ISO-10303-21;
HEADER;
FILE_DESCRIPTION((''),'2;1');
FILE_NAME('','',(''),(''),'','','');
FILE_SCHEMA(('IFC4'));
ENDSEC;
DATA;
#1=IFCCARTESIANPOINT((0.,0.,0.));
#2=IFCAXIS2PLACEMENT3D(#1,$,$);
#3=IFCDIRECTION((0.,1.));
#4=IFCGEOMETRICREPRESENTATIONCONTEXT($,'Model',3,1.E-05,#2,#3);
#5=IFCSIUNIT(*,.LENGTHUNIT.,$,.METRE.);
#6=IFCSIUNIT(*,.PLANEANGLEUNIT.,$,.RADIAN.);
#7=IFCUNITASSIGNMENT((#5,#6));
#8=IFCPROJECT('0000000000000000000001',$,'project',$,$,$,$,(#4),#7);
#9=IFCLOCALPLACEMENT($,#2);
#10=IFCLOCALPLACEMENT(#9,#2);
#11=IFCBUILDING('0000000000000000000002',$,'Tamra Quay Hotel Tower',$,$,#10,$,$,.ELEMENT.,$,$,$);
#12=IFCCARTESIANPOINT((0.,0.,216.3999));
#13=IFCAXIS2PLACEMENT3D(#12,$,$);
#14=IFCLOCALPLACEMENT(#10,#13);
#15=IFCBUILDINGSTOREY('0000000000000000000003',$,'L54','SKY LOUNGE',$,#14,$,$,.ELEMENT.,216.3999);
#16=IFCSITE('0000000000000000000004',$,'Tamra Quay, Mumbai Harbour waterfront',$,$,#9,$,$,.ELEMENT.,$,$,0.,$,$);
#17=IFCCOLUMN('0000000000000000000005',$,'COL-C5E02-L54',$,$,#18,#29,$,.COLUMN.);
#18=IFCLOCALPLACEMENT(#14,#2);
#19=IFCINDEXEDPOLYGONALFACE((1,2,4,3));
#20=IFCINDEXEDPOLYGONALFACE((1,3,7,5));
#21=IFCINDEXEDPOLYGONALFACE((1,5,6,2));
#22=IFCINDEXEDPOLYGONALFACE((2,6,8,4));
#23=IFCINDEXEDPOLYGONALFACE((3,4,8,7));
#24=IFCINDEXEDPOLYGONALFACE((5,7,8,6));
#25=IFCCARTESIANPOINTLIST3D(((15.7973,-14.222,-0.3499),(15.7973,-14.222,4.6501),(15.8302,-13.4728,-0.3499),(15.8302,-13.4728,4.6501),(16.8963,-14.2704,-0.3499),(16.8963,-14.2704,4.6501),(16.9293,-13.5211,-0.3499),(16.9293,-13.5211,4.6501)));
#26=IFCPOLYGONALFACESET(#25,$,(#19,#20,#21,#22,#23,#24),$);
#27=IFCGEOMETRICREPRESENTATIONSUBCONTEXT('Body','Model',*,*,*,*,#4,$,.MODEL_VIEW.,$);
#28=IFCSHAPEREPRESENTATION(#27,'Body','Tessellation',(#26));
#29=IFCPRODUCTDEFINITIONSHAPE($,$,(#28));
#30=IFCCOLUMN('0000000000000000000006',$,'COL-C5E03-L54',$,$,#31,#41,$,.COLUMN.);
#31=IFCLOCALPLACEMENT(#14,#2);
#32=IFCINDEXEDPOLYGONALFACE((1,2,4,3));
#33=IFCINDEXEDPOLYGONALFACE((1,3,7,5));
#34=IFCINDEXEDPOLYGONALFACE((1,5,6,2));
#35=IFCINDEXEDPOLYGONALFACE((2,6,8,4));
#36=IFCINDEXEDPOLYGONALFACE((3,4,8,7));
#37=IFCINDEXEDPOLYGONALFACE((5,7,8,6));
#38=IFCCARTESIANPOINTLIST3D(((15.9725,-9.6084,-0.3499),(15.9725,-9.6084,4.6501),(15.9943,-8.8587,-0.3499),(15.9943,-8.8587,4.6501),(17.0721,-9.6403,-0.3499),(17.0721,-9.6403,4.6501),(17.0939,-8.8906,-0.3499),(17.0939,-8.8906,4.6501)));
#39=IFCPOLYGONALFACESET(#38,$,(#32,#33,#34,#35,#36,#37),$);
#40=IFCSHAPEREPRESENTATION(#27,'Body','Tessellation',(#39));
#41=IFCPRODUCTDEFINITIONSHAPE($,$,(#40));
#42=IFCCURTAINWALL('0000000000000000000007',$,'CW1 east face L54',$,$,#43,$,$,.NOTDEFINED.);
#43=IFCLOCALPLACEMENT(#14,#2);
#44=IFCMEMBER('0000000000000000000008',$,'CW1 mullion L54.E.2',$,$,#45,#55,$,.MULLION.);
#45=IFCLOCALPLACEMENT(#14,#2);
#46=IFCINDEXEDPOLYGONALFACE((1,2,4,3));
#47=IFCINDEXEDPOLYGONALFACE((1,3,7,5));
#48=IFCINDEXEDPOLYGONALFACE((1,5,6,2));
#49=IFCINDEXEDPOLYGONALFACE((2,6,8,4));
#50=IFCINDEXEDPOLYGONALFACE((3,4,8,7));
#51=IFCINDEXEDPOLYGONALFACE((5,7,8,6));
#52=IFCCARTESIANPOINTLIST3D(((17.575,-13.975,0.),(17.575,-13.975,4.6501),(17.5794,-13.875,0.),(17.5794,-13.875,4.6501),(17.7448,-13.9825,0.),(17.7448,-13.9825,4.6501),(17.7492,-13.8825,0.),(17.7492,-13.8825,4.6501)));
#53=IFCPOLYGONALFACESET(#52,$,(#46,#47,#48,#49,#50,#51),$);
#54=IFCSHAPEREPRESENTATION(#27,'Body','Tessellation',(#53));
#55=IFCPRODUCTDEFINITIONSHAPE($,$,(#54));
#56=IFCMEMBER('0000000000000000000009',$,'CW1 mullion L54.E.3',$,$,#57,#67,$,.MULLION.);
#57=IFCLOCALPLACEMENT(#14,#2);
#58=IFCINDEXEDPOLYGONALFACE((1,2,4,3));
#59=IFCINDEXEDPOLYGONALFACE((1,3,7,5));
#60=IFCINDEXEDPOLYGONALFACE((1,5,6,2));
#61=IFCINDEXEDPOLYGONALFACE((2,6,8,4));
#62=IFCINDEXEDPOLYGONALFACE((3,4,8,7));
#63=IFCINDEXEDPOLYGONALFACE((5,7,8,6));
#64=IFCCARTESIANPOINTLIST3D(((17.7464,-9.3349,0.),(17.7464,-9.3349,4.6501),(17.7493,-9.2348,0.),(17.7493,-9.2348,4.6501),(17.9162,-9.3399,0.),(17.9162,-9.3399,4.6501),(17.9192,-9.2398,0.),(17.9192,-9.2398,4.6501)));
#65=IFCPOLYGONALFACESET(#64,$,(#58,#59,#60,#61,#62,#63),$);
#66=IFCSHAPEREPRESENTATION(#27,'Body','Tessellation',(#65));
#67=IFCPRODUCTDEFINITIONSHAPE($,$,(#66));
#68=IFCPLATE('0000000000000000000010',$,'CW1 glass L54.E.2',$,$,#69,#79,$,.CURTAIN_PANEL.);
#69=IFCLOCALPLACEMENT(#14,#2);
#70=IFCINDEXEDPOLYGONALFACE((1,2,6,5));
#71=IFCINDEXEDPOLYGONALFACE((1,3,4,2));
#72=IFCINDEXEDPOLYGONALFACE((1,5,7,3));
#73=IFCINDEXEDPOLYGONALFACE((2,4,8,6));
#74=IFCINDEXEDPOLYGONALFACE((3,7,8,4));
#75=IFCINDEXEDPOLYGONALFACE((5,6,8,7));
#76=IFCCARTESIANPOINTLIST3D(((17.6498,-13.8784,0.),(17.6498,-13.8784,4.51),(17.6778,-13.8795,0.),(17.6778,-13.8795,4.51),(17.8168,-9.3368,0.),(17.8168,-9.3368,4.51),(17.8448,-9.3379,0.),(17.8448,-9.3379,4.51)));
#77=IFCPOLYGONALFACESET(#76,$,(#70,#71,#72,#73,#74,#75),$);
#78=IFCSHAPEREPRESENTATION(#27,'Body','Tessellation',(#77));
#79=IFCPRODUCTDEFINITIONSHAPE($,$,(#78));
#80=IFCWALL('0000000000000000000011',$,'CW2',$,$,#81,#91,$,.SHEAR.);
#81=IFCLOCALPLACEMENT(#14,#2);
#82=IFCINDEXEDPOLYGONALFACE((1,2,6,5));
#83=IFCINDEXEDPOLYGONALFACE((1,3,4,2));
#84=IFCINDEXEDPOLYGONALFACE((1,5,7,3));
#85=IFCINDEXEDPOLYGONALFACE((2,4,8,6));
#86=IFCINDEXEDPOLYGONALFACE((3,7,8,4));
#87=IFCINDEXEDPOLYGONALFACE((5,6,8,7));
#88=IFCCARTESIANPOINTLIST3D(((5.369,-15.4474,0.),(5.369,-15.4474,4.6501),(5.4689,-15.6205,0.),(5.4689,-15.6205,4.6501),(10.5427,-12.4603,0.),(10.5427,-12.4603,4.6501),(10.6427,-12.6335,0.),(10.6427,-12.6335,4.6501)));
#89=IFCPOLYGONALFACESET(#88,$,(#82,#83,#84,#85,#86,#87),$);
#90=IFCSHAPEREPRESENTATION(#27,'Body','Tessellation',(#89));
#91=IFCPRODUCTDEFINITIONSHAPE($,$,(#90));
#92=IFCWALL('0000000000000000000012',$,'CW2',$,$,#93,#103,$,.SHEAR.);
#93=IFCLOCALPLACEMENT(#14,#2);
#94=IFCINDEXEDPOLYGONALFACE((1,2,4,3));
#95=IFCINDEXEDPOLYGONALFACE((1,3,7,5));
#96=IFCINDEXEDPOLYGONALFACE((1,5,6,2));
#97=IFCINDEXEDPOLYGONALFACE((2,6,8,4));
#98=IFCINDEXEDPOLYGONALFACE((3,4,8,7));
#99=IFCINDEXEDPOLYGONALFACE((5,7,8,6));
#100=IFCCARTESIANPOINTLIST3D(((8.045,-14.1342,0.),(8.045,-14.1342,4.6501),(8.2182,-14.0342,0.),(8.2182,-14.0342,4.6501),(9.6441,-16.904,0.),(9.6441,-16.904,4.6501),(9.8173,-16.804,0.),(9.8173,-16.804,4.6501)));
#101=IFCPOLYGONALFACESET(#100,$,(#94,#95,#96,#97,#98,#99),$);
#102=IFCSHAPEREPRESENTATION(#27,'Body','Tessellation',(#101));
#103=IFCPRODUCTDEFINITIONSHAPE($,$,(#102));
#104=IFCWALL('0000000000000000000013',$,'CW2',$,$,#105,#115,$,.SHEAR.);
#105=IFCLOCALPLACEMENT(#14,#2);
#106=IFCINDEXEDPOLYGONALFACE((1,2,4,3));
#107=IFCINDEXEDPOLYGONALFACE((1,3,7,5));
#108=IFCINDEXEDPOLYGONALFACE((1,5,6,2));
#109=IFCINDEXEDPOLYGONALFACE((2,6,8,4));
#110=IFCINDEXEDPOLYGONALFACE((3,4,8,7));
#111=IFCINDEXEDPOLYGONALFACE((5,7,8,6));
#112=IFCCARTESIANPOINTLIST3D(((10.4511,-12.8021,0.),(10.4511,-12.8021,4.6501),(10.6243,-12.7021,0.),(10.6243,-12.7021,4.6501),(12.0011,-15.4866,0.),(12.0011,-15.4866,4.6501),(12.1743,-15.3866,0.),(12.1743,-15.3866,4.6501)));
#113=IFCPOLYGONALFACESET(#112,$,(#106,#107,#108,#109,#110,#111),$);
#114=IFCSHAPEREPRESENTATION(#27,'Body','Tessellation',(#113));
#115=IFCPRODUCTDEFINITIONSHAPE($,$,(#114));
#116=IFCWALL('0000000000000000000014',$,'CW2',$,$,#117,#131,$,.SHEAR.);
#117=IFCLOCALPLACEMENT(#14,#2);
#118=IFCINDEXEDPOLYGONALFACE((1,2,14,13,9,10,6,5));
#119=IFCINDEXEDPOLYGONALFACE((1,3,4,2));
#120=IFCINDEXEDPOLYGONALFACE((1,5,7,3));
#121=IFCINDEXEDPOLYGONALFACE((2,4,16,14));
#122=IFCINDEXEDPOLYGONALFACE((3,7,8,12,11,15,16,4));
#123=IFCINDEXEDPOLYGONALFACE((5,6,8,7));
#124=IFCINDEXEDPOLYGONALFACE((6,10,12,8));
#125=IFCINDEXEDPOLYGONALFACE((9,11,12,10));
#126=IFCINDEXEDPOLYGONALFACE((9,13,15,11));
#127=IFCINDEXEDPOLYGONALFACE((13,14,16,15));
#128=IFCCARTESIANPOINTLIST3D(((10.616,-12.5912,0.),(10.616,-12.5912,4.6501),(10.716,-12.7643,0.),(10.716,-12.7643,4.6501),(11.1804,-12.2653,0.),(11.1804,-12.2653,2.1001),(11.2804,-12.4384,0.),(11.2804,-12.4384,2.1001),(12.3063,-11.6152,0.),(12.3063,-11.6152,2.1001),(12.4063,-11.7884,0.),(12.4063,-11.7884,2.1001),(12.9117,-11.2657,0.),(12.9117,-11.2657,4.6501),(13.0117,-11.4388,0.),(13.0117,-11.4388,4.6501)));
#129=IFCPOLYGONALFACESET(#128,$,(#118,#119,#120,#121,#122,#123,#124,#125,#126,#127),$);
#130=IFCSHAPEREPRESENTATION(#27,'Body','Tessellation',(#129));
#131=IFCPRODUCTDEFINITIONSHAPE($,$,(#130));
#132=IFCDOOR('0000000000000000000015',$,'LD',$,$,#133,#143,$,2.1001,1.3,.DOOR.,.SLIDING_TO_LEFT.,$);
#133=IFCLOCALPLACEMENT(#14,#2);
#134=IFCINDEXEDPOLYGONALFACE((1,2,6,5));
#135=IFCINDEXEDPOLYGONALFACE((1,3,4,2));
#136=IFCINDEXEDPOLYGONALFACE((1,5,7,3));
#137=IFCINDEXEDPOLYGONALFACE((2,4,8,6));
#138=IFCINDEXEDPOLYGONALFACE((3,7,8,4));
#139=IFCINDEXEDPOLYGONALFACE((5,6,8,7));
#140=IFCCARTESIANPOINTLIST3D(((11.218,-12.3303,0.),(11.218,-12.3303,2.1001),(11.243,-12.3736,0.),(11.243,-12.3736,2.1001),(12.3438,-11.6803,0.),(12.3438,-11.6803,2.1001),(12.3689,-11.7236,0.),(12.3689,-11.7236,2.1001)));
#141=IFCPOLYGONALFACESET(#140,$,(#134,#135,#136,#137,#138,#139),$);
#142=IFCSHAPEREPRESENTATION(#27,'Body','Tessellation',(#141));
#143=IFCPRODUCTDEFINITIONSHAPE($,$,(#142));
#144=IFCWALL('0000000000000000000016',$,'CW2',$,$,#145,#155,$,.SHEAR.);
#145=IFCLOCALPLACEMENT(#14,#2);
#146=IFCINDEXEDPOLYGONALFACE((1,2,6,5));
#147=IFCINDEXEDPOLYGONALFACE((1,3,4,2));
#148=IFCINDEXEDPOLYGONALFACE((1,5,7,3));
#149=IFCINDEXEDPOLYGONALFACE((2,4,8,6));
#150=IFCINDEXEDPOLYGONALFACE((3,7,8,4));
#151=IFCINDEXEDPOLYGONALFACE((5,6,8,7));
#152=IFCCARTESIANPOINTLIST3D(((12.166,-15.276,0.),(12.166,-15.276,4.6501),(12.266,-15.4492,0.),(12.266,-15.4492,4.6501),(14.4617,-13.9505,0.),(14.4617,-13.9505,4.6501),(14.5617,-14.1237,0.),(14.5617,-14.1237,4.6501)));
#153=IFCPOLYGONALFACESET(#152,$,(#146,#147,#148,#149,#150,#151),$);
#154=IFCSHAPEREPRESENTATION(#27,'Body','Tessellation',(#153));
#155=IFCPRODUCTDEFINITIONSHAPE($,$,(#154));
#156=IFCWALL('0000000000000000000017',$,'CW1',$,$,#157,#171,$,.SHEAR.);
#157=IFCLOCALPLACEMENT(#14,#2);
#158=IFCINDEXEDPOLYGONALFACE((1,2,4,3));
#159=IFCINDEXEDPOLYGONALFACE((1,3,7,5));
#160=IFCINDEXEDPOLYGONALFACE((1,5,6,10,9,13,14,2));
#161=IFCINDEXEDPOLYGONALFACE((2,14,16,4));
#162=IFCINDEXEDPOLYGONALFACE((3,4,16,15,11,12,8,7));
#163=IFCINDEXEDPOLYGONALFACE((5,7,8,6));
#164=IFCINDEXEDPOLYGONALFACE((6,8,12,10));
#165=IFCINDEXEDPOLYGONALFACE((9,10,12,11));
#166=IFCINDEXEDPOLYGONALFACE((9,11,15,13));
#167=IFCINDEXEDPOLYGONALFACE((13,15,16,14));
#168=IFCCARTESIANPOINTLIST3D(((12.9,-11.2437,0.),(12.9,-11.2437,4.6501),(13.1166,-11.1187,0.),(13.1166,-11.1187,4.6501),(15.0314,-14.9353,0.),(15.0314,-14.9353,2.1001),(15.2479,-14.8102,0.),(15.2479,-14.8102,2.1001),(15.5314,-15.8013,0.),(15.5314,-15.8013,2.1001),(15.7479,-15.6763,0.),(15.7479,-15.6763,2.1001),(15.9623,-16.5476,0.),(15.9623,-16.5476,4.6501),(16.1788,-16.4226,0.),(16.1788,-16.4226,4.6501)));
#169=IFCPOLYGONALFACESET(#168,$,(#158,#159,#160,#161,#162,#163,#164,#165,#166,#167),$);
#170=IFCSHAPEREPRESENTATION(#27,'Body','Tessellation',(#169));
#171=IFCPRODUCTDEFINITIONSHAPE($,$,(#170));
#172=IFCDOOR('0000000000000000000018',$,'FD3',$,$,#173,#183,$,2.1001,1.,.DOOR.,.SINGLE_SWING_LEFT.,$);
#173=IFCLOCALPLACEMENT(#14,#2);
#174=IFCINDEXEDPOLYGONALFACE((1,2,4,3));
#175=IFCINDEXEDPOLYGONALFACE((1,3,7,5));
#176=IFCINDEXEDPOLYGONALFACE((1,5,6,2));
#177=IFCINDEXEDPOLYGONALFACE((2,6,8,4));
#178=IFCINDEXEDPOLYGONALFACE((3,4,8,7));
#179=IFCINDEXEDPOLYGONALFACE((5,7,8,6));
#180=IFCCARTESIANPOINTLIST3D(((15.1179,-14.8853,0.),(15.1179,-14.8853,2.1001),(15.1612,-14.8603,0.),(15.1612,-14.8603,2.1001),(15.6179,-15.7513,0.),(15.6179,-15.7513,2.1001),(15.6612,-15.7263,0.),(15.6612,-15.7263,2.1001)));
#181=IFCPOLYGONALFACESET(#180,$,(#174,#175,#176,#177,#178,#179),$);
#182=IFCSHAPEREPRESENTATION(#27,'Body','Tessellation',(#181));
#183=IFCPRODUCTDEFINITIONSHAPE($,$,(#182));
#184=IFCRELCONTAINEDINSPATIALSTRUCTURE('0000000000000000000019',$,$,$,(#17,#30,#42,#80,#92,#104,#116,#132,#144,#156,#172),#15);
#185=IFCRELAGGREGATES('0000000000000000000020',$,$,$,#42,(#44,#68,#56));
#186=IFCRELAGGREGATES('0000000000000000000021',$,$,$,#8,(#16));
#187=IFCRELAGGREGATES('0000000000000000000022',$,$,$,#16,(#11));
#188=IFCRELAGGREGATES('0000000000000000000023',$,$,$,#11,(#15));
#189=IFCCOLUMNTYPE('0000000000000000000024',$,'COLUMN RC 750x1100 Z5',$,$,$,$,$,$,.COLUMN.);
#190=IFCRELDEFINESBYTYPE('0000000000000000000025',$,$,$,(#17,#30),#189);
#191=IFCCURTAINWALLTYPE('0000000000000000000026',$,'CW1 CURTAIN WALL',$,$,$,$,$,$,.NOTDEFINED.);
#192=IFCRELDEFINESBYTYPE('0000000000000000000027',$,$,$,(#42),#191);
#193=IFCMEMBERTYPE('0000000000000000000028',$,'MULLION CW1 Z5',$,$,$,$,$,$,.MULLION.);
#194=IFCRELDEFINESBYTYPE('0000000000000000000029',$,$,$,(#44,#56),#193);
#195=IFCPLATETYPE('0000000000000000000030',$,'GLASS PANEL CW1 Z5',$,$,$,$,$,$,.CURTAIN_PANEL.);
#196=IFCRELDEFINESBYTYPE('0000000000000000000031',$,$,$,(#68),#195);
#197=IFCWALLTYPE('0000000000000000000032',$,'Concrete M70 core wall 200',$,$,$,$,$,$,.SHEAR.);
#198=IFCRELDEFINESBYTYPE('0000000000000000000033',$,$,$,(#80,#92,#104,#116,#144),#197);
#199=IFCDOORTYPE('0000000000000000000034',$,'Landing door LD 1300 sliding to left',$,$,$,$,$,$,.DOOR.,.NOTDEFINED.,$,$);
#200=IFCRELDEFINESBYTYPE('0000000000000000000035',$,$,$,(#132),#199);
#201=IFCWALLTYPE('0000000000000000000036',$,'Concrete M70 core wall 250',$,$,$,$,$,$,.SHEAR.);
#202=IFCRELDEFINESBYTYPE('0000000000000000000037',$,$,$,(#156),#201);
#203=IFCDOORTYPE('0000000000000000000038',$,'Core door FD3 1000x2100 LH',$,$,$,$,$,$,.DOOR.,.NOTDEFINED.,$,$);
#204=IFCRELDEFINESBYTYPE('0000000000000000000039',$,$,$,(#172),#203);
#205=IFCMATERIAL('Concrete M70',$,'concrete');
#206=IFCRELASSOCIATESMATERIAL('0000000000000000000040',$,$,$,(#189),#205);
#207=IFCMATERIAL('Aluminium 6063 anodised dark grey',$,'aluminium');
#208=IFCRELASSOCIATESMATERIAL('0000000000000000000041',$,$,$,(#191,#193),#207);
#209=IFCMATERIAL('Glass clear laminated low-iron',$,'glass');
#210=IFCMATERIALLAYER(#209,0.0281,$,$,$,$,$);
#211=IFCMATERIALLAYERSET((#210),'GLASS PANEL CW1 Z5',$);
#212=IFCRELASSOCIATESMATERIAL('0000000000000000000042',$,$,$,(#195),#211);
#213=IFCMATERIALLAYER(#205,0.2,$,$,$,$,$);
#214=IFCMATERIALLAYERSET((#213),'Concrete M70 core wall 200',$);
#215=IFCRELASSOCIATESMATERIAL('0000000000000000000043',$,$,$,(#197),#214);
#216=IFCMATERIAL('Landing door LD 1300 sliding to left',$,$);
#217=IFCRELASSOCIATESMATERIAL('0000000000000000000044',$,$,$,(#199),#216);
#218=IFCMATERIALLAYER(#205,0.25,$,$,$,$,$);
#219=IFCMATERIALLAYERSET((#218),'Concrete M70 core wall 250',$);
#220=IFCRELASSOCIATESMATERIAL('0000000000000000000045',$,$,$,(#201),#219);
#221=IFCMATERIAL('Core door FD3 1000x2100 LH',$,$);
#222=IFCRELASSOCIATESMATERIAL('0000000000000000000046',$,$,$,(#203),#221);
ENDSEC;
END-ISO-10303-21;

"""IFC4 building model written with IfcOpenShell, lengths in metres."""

from ifc_helpers import new_model, si_unit, direction, frame, frame_2d, origin, origin_2d, place, context, subcontext, project, spatial, rectangle, extrude, material, layer, layer_set, material_profile, profile_set, type_object, element, fill, aggregate, save


model = new_model("IFC4")

# Units and contexts
model_context = context("Model", 3, precision=1e-05, world=origin(), true_north=direction((0.0, 1.0)))
body_context = subcontext(model_context, "Body", "Model", "MODEL_VIEW")
ifc_project = project(units=[si_unit("LENGTHUNIT", "METRE"), si_unit("PLANEANGLEUNIT", "RADIAN")], contexts=[model_context])

# Site, building, storey
site_placement = place(None, origin())
site = spatial("IfcSite", under=ifc_project, at=site_placement, Name="Tamra Quay, Mumbai Harbour waterfront", CompositionType="ELEMENT", RefElevation=0.0)
building_placement = place(site_placement, origin())
building = spatial("IfcBuilding", under=site, at=building_placement, Name="Tamra Quay Hotel Tower", CompositionType="ELEMENT")
storey_placement = place(building_placement, frame((0.0, 0.0, 216.3999)))
storey = spatial("IfcBuildingStorey", under=building, at=storey_placement, Name="L54", Description="SKY LOUNGE", CompositionType="ELEMENT", Elevation=216.3999)

# Columns
ifc_material_1 = material(Name="Concrete M70", Category="concrete")
ifc_material_profile_1 = material_profile(ifc_material_1, rectangle(XDim=1.1001, YDim=0.75, at=origin_2d()), Name="COLUMN RC 750x1100 Z5")
ifc_profile_set_1 = profile_set([ifc_material_profile_1], Name="Concrete M70")
column_type = type_object("IfcColumnType", Name="COLUMN RC 750x1100 Z5", PredefinedType="COLUMN", material=ifc_profile_set_1)
for number, where, z_axis, x_axis, name in (
    (1, (16.3633, -13.8716, -0.3499), (0.0, 0.0, 1.0), (-0.999033, 0.043958, 0.0), "COL-C5E02-L54"),
    (2, (16.5332, -9.2495, -0.3499), (0.0, 0.0, 1.0), (-0.999579, 0.029028, 0.0), "COL-C5E03-L54"),
):
    element("IfcColumn", number, at=place(storey_placement, frame(where, z_axis=z_axis, x_axis=x_axis)), inside=storey, type_object=column_type, Name=name, PredefinedType="COLUMN", context=body_context, shape_type="SweptSolid", body=[
        extrude(rectangle(XDim=1.1001, YDim=0.75, at=origin_2d()), origin(), (0.0, 0.0, 1.0), 5.0),
    ])

# Curtain wall, members, plate
ifc_material_2 = material(Name="Aluminium 6063 anodised dark grey", Category="aluminium")
curtain_wall_type = type_object("IfcCurtainWallType", Name="CW1 CURTAIN WALL", PredefinedType="NOTDEFINED", material=ifc_material_2)
curtain_wall_placement = place(storey_placement, origin())
curtain_wall = element("IfcCurtainWall", 3, at=curtain_wall_placement, inside=storey, type_object=curtain_wall_type, Name="CW1 east face L54", PredefinedType="NOTDEFINED")
ifc_material_profile_2 = material_profile(ifc_material_2, rectangle(XDim=0.1699, YDim=0.1001, at=origin_2d()), Name="MULLION 100X170")
ifc_profile_set_2 = profile_set([ifc_material_profile_2], Name="Aluminium 6063 anodised dark grey")
member_type = type_object("IfcMemberType", Name="MULLION CW1 Z5", PredefinedType="MULLION", material=ifc_profile_set_2)
member_1_placement = place(storey_placement, frame((17.6621, -13.9287, 0.0), z_axis=(0.0, 0.0, 1.0), x_axis=(0.999028, -0.044075, 0.0)))
member_1 = element("IfcMember", 4, at=member_1_placement, type_object=member_type, Name="CW1 mullion L54.E.2", PredefinedType="MULLION", context=body_context, shape_type="SweptSolid", body=[
    extrude(rectangle(XDim=0.1699, YDim=0.1001, at=origin_2d()), origin(), (0.0, 0.0, 1.0), 4.6501),
])
member_2_placement = place(storey_placement, frame((17.8328, -9.2874, 0.0), z_axis=(0.0, 0.0, 1.0), x_axis=(0.999568, -0.029405, 0.0)))
member_2 = element("IfcMember", 5, at=member_2_placement, type_object=member_type, Name="CW1 mullion L54.E.3", PredefinedType="MULLION", context=body_context, shape_type="SweptSolid", body=[
    extrude(rectangle(XDim=0.1699, YDim=0.1001, at=origin_2d()), origin(), (0.0, 0.0, 1.0), 4.6501),
])
ifc_material_3 = material(Name="Glass clear laminated low-iron", Category="glass")
ifc_layer_1 = layer(ifc_material_3, 0.0281)
ifc_layer_set_1 = layer_set([ifc_layer_1], Name="GLASS PANEL CW1 Z5")
plate_type = type_object("IfcPlateType", Name="GLASS PANEL CW1 Z5", PredefinedType="CURTAIN_PANEL", material=ifc_layer_set_1)
plate_placement = place(storey_placement, frame((17.7473, -11.6082, 0.0), z_axis=(0.0, 0.0, 1.0), x_axis=(0.036745, 0.999325, 0.0)))
plate = element("IfcPlate", 6, at=plate_placement, type_object=plate_type, Name="CW1 glass L54.E.2", PredefinedType="CURTAIN_PANEL", context=body_context, shape_type="SweptSolid", body=[
    extrude(rectangle(XDim=4.5447, YDim=0.0281, at=origin_2d()), origin(), (0.0, 0.0, 1.0), 4.51),
])
aggregate(curtain_wall, [member_1, plate, member_2])

# Walls
ifc_layer_2 = layer(ifc_material_1, 0.2)
ifc_layer_set_2 = layer_set([ifc_layer_2], Name="Concrete M70 core wall 200")
wall_type_1 = type_object("IfcWallType", Name="Concrete M70 core wall 200", PredefinedType="SHEAR", material=ifc_layer_set_2)
wall_1_placement = place(storey_placement, frame((5.4189, -15.5339, 0.0), z_axis=(0.0, 0.0, 1.0), x_axis=(0.866029, 0.499994, 0.0)))
element("IfcWall", 7, at=wall_1_placement, inside=storey, type_object=wall_type_1, Name="CW2", PredefinedType="SHEAR", context=body_context, shape_type="SweptSolid", body=[
    extrude(rectangle(XDim=5.9741, YDim=0.2, at=frame_2d((2.9871, 0.0))), origin(), (0.0, 0.0, 1.0), 4.6501),
])
wall_2_placement = place(storey_placement, frame((8.1316, -14.0842, 0.0), z_axis=(0.0, 0.0, 1.0), x_axis=(0.499998, -0.866027, 0.0)))
element("IfcWall", 8, at=wall_2_placement, inside=storey, type_object=wall_type_1, Name="CW2", PredefinedType="SHEAR", context=body_context, shape_type="SweptSolid", body=[
    extrude(rectangle(XDim=3.1982, YDim=0.2, at=frame_2d((1.5991, 0.0))), origin(), (0.0, 0.0, 1.0), 4.6501),
])
wall_3_placement = place(storey_placement, frame((12.0876, -15.4365, 0.0), z_axis=(0.0, 0.0, 1.0), x_axis=(-0.500027, 0.86601, 0.0)))
element("IfcWall", 9, at=wall_3_placement, inside=storey, type_object=wall_type_1, Name="CW2", PredefinedType="SHEAR", context=body_context, shape_type="SweptSolid", body=[
    extrude(rectangle(XDim=3.0999, YDim=0.2, at=frame_2d((1.5498, 0.0))), origin(), (0.0, 0.0, 1.0), 4.6501),
])

# Wall, opening, door
wall_4_placement = place(storey_placement, frame((10.666, -12.6777, 0.0), z_axis=(0.0, 0.0, 1.0), x_axis=(0.866018, 0.500012, 0.0)))
wall_4 = element("IfcWall", 10, at=wall_4_placement, inside=storey, type_object=wall_type_1, Name="CW2", PredefinedType="SHEAR", context=body_context, shape_type="SweptSolid", body=[
    extrude(rectangle(XDim=2.6509, YDim=0.2, at=frame_2d((1.3254, 0.0))), origin(), (0.0, 0.0, 1.0), 4.6501),
])
opening_1_placement = place(wall_4_placement, frame((0.6519, 0.0, 0.0)))
opening_1 = element("IfcOpeningElement", 11, at=opening_1_placement, cuts=wall_4, PredefinedType="OPENING", context=body_context, shape_type="SweptSolid", body=[
    extrude(rectangle(XDim=1.3, YDim=2.1001, at=frame_2d((0.6499, 1.05))), frame((0.0, 0.1099, 0.0), z_axis=(0.0, -1.0, 0.0), x_axis=(1.0, 0.0, 0.0)), (0.0, 0.0, 1.0), 0.22),
])
ifc_material_4 = material(Name="Landing door LD 1300 sliding to left")
door_type_1 = type_object("IfcDoorType", Name="Landing door LD 1300 sliding to left", OperationType="NOTDEFINED", PredefinedType="DOOR", material=ifc_material_4)
door_1_placement = place(opening_1_placement, origin())
door_1 = element("IfcDoor", 12, at=door_1_placement, inside=storey, type_object=door_type_1, Name="LD", OperationType="SLIDING_TO_LEFT", OverallHeight=2.1001, OverallWidth=1.3, PredefinedType="DOOR", context=body_context, shape_type="SweptSolid", body=[
    extrude(rectangle(XDim=1.3, YDim=2.1001, at=frame_2d((0.6499, 1.05))), frame((0.0, 0.0249, 0.0), z_axis=(0.0, -1.0, 0.0), x_axis=(1.0, 0.0, 0.0)), (0.0, 0.0, 1.0), 0.05),
])
fill(opening_1, door_1)

# Wall
wall_5_placement = place(storey_placement, frame((14.5117, -14.0371, 0.0), z_axis=(0.0, 0.0, 1.0), x_axis=(-0.866018, -0.500012, 0.0)))
element("IfcWall", 13, at=wall_5_placement, inside=storey, type_object=wall_type_1, Name="CW2", PredefinedType="SHEAR", context=body_context, shape_type="SweptSolid", body=[
    extrude(rectangle(XDim=2.6509, YDim=0.2, at=frame_2d((1.3254, 0.0))), origin(), (0.0, 0.0, 1.0), 4.6501),
])

# Wall, opening, door
ifc_layer_3 = layer(ifc_material_1, 0.25)
ifc_layer_set_3 = layer_set([ifc_layer_3], Name="Concrete M70 core wall 250")
wall_type_2 = type_object("IfcWallType", Name="Concrete M70 core wall 250", PredefinedType="SHEAR", material=ifc_layer_set_3)
wall_6_placement = place(storey_placement, frame((13.0083, -11.1812, 0.0), z_axis=(0.0, 0.0, 1.0), x_axis=(0.500002, -0.866024, 0.0)))
wall_6 = element("IfcWall", 14, at=wall_6_placement, inside=storey, type_object=wall_type_2, Name="CW1", PredefinedType="SHEAR", context=body_context, shape_type="SweptSolid", body=[
    extrude(rectangle(XDim=6.1245, YDim=0.25, at=frame_2d((3.0623, 0.0))), origin(), (0.0, 0.0, 1.0), 4.6501),
])
opening_2_placement = place(wall_6_placement, frame((4.2627, 0.0, 0.0)))
opening_2 = element("IfcOpeningElement", 15, at=opening_2_placement, cuts=wall_6, PredefinedType="OPENING", context=body_context, shape_type="SweptSolid", body=[
    extrude(rectangle(XDim=1.0, YDim=2.1001, at=frame_2d((0.5, 1.05))), frame((0.0, 0.135, 0.0), z_axis=(0.0, -1.0, 0.0), x_axis=(1.0, 0.0, 0.0)), (0.0, 0.0, 1.0), 0.27),
])
ifc_material_5 = material(Name="Core door FD3 1000x2100 LH")
door_type_2 = type_object("IfcDoorType", Name="Core door FD3 1000x2100 LH", OperationType="NOTDEFINED", PredefinedType="DOOR", material=ifc_material_5)
door_2_placement = place(opening_2_placement, origin())
door_2 = element("IfcDoor", 16, at=door_2_placement, inside=storey, type_object=door_type_2, Name="FD3", OperationType="SINGLE_SWING_LEFT", OverallHeight=2.1001, OverallWidth=1.0, PredefinedType="DOOR", context=body_context, shape_type="SweptSolid", body=[
    extrude(rectangle(XDim=1.0, YDim=2.1001, at=frame_2d((0.5, 1.05))), frame((0.0, 0.0249, 0.0), z_axis=(0.0, -1.0, 0.0), x_axis=(1.0, 0.0, 0.0)), (0.0, 0.0, 1.0), 0.05),
])
fill(opening_2, door_2)

save(model, "model.ifc")
